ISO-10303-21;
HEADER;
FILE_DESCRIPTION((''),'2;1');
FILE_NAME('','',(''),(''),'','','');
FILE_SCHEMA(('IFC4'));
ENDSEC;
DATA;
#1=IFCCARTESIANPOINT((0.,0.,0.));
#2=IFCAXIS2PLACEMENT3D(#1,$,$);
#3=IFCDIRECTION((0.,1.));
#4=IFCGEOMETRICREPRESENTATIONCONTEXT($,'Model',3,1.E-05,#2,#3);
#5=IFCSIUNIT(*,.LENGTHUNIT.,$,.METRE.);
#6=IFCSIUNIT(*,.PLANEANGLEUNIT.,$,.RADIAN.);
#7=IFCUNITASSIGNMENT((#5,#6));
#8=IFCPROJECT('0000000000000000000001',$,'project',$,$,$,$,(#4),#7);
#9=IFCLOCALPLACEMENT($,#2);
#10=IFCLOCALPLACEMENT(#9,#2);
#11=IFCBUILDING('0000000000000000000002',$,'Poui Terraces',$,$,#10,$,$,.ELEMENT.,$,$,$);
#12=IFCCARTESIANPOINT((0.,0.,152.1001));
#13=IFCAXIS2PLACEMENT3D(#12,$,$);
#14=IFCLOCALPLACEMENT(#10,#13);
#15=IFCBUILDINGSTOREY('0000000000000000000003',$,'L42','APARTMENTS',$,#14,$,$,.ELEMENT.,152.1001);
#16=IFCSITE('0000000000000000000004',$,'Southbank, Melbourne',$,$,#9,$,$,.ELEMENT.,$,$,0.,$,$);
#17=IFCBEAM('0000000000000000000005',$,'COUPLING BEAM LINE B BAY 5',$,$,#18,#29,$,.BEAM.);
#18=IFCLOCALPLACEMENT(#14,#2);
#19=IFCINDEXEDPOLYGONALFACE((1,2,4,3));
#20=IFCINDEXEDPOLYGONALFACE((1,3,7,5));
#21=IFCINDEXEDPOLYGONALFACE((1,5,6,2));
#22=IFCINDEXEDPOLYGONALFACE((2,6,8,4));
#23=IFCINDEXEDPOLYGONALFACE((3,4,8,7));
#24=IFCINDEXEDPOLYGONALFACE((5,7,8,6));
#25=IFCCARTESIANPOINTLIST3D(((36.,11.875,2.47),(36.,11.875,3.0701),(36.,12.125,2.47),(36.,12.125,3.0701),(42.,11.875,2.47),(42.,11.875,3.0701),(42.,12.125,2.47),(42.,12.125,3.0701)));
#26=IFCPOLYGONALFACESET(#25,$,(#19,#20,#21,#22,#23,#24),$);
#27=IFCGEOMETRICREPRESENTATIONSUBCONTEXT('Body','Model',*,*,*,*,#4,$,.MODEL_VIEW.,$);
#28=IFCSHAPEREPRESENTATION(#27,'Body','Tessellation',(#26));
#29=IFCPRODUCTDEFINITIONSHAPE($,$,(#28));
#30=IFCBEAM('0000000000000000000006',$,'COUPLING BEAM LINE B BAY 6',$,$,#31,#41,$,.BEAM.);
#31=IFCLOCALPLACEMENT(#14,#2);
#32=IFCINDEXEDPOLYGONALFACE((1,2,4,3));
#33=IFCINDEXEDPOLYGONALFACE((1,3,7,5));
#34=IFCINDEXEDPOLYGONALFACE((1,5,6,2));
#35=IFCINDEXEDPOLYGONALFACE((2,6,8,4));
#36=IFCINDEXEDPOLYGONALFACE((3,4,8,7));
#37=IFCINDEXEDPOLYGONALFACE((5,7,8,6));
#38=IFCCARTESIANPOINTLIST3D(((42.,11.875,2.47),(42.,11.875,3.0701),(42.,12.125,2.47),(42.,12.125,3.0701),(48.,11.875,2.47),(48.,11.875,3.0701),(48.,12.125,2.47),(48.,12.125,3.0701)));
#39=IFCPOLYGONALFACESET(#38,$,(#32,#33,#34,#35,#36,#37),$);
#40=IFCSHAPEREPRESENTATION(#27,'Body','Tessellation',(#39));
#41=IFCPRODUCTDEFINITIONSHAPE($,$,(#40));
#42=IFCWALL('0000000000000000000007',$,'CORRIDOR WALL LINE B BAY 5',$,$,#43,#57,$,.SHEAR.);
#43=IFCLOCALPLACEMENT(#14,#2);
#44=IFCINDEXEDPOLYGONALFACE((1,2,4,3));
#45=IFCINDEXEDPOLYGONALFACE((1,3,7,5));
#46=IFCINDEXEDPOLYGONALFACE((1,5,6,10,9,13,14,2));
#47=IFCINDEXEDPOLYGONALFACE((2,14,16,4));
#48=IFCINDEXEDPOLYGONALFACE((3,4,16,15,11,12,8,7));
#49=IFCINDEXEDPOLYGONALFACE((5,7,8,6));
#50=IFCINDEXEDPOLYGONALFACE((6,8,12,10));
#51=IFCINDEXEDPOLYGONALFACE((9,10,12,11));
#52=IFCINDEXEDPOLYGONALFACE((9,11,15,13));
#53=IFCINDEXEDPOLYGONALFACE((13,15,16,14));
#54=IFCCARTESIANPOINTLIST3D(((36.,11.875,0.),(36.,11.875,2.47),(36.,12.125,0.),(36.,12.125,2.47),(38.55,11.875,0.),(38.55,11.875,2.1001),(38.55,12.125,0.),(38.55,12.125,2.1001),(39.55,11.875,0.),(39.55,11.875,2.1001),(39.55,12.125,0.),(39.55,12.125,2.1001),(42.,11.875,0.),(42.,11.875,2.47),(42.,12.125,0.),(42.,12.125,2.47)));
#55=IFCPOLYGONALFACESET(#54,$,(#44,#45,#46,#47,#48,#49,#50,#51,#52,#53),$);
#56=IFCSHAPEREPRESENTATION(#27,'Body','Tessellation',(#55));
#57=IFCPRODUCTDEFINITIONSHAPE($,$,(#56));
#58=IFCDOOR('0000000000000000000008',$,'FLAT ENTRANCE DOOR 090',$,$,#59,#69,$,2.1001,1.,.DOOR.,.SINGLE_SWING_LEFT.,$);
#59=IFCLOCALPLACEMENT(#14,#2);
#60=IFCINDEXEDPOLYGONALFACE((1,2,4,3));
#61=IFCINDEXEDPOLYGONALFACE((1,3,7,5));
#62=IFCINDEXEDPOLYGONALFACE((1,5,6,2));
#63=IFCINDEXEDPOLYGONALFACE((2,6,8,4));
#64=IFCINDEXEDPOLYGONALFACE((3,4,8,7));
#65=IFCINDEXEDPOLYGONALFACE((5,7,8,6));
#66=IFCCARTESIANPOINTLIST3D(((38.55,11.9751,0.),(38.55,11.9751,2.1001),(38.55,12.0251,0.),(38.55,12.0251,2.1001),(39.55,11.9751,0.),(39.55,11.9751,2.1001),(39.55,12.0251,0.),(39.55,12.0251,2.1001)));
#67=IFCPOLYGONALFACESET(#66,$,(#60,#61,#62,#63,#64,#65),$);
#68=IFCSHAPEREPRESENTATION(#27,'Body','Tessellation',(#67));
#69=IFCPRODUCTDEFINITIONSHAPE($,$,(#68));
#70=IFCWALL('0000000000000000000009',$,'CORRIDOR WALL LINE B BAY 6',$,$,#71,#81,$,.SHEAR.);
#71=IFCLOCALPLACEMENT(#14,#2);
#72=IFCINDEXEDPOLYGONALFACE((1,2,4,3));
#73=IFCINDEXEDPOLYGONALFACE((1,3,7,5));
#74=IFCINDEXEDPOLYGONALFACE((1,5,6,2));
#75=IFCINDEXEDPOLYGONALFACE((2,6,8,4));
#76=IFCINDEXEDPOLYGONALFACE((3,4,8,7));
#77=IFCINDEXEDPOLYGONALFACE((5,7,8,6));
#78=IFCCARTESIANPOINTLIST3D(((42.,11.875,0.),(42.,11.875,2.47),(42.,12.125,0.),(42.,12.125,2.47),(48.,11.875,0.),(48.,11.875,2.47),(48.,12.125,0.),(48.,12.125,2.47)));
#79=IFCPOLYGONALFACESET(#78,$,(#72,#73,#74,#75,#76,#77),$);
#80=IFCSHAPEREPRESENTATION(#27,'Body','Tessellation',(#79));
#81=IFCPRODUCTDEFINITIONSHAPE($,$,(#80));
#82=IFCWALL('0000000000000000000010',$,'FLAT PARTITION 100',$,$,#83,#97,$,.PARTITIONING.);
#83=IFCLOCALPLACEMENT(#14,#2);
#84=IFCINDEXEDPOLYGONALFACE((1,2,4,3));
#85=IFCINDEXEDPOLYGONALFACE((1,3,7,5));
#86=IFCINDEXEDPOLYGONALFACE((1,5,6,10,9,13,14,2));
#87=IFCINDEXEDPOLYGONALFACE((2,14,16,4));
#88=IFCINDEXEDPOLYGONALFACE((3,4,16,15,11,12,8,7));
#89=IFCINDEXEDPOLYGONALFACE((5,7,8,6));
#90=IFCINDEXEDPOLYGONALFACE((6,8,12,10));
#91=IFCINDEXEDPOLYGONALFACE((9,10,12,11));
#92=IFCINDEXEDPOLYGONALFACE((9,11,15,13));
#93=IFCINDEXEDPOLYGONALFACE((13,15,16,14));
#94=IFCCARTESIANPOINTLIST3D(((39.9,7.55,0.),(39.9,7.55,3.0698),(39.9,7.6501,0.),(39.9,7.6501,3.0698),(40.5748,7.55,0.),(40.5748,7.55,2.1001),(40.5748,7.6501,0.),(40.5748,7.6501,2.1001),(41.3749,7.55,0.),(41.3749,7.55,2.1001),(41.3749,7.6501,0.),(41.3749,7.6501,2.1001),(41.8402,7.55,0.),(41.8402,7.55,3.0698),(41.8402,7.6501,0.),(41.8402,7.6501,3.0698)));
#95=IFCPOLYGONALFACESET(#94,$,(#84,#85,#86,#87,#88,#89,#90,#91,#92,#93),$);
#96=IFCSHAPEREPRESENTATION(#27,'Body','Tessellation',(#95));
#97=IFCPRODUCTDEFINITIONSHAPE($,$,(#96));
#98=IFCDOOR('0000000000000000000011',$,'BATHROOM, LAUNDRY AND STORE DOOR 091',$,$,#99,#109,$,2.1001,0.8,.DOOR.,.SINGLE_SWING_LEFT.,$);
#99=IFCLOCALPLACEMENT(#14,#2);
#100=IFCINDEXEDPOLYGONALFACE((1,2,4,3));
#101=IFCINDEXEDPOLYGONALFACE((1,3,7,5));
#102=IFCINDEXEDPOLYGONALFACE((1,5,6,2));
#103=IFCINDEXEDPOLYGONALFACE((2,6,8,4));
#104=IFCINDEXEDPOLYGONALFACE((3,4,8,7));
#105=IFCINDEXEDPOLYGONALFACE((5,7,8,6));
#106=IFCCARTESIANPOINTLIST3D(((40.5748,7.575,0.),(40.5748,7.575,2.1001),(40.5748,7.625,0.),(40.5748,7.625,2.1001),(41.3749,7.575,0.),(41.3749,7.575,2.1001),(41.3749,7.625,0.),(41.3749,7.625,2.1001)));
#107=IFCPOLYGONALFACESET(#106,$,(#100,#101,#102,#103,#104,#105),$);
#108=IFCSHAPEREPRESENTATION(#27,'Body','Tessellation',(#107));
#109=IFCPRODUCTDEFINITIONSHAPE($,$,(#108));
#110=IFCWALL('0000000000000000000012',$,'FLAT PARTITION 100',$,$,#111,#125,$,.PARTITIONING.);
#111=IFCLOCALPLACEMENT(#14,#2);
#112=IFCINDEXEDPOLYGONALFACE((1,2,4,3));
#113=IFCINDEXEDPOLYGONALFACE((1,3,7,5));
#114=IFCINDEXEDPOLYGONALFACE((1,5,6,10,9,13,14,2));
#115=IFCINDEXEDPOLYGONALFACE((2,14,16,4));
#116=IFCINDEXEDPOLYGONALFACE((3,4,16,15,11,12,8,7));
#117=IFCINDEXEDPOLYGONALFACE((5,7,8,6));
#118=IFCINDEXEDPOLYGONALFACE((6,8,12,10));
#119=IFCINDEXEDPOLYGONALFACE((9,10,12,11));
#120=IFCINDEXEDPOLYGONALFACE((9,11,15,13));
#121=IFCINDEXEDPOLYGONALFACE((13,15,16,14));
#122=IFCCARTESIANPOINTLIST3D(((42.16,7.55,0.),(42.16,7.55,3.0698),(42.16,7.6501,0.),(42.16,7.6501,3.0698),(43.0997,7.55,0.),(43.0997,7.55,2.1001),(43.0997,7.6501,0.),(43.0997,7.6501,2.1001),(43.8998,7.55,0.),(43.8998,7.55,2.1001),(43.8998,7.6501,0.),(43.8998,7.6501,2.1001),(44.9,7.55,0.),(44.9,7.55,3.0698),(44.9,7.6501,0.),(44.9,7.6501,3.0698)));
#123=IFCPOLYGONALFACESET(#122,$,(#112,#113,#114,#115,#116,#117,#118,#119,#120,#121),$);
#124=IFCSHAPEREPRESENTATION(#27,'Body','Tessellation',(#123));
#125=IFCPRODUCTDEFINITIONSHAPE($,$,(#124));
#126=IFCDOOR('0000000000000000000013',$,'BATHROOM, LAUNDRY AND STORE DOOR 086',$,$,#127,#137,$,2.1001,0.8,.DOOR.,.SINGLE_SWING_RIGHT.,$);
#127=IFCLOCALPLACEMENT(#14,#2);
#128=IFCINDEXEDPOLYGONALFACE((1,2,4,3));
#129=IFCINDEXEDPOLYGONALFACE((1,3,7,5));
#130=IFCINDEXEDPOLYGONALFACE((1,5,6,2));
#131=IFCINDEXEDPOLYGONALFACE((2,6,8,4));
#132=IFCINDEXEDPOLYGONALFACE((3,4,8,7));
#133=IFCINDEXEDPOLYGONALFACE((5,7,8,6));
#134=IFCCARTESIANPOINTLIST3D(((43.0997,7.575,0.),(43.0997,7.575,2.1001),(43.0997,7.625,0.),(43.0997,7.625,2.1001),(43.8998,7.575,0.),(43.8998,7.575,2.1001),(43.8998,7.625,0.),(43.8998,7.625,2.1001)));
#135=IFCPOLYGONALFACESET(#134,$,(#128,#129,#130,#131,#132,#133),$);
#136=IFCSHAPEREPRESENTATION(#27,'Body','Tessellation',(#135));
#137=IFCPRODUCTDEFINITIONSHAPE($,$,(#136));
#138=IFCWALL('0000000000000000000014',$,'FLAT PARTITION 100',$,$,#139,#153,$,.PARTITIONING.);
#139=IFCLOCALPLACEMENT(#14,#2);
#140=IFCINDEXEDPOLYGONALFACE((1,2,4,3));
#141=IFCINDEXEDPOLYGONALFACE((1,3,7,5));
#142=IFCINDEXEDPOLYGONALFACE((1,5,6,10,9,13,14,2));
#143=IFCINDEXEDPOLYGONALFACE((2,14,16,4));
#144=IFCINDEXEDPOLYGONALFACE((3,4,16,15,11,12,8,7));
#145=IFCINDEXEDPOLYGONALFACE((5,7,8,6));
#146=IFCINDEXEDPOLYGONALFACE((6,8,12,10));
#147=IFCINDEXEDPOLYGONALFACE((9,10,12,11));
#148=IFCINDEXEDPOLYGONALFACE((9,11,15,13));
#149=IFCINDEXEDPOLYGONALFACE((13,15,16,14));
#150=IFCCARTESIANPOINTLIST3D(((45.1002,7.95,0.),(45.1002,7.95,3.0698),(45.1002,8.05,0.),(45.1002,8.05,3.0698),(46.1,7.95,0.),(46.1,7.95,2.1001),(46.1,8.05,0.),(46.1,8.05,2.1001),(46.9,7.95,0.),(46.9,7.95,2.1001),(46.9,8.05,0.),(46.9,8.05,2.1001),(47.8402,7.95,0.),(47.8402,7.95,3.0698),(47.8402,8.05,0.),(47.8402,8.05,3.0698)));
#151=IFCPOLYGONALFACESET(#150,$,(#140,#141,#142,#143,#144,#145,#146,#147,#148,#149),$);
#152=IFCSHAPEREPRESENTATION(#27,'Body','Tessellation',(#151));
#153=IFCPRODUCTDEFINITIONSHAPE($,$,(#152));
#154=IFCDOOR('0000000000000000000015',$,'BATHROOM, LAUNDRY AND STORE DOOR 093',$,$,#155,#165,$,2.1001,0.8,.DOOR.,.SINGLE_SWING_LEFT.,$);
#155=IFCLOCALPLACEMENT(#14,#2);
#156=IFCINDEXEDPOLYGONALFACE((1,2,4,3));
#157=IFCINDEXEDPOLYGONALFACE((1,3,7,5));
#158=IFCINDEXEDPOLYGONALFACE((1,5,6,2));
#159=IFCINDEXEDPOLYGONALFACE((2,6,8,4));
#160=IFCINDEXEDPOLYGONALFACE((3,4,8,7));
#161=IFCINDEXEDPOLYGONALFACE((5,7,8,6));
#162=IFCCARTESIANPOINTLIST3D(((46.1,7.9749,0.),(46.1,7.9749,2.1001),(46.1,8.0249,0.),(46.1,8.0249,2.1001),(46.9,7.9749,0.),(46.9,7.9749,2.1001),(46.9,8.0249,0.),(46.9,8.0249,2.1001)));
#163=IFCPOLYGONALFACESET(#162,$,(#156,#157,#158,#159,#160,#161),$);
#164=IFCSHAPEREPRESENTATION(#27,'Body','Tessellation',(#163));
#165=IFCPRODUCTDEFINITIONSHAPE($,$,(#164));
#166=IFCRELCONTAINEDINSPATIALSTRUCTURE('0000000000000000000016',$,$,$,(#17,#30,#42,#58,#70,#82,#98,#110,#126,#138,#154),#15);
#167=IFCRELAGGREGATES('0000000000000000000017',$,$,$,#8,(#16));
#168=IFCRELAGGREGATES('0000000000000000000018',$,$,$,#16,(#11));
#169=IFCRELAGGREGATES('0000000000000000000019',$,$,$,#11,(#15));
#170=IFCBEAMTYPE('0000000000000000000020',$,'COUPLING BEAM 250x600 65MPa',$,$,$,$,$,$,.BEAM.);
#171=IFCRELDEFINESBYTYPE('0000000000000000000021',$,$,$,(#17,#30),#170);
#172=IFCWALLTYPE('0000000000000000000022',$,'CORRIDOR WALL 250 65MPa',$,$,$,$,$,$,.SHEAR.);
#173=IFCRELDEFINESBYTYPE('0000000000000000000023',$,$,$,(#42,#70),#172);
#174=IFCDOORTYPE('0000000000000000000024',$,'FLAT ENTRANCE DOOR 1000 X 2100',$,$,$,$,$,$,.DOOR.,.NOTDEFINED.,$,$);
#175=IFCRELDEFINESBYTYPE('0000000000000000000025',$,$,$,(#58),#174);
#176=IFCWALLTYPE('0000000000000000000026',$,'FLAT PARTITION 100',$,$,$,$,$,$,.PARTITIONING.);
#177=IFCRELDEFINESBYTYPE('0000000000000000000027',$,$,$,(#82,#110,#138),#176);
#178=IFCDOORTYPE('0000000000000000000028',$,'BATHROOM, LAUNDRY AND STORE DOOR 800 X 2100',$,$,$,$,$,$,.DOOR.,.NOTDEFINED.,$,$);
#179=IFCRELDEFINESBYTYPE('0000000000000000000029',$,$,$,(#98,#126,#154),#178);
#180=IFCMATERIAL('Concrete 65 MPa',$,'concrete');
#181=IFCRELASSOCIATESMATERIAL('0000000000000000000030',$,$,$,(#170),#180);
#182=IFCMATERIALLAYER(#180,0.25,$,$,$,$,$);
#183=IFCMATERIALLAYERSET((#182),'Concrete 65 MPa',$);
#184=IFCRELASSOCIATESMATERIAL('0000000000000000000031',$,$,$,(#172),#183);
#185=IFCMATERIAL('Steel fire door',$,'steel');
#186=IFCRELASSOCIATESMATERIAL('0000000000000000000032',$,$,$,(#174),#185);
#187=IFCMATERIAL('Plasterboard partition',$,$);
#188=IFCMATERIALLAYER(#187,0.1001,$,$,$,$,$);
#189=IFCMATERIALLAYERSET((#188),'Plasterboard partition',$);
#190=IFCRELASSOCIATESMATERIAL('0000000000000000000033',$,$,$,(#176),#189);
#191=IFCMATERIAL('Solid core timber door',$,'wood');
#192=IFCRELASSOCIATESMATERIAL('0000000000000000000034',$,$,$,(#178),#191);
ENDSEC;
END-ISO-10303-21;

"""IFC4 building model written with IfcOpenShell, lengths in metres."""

from ifc_helpers import new_model, si_unit, direction, frame, frame_2d, origin, origin_2d, place, context, subcontext, project, spatial, rectangle, extrude, source, transform, mapped, material, layer, layer_set, material_profile, profile_set, type_object, element, fill, save


model = new_model("IFC4")

# Units and contexts
model_context = context("Model", 3, precision=1e-05, world=origin(), true_north=direction((0.0, 1.0)))
body_context = subcontext(model_context, "Body", "Model", "MODEL_VIEW")
ifc_project = project(units=[si_unit("LENGTHUNIT", "METRE"), si_unit("PLANEANGLEUNIT", "RADIAN")], contexts=[model_context])

# Site, building, storey
site_placement = place(None, origin())
site = spatial("IfcSite", under=ifc_project, at=site_placement, Name="Southbank, Melbourne", CompositionType="ELEMENT", RefElevation=0.0)
building_placement = place(site_placement, origin())
building = spatial("IfcBuilding", under=site, at=building_placement, Name="Poui Terraces", CompositionType="ELEMENT")
storey_placement = place(building_placement, frame((0.0, 0.0, 152.1001)))
storey = spatial("IfcBuildingStorey", under=building, at=storey_placement, Name="L42", Description="APARTMENTS", CompositionType="ELEMENT", Elevation=152.1001)

# Beams
ifc_material_1 = material(Name="Concrete 65 MPa", Category="concrete")
ifc_material_profile = material_profile(ifc_material_1, rectangle(XDim=0.25, YDim=0.6001, at=origin_2d()), Name="RC 250x600")
ifc_profile_set = profile_set([ifc_material_profile], Name="Concrete 65 MPa")
beam_type = type_object("IfcBeamType", Name="COUPLING BEAM 250x600 65MPa", PredefinedType="BEAM", material=ifc_profile_set)
shared_shape = source(origin(), body_context, "Body", "SweptSolid", [
    extrude(rectangle(XDim=0.25, YDim=0.6001, at=origin_2d()), origin(), (0.0, 0.0, 1.0), 6.0),
])
for number, where, z_axis, x_axis, name in (
    (1, (36.0, 12.0, 2.77), (1.0, 0.0, 0.0), (0.0, 1.0, 0.0), "COUPLING BEAM LINE B BAY 5"),
    (2, (42.0, 12.0, 2.77), (1.0, 0.0, 0.0), (0.0, 1.0, 0.0), "COUPLING BEAM LINE B BAY 6"),
):
    element("IfcBeam", number, at=place(storey_placement, frame(where, z_axis=z_axis, x_axis=x_axis)), inside=storey, type_object=beam_type, Name=name, PredefinedType="BEAM", context=body_context, shape_type="MappedRepresentation", body=[
        mapped(shared_shape, transform((0.0, 0.0, 0.0))),
    ])

# Wall, opening, door
ifc_layer_1 = layer(ifc_material_1, 0.25)
ifc_layer_set_1 = layer_set([ifc_layer_1], Name="Concrete 65 MPa")
wall_type_1 = type_object("IfcWallType", Name="CORRIDOR WALL 250 65MPa", PredefinedType="SHEAR", material=ifc_layer_set_1)
wall_1_placement = place(storey_placement, frame((36.0, 12.0, 0.0), z_axis=(0.0, 0.0, 1.0), x_axis=(1.0, 0.0, 0.0)))
wall_1 = element("IfcWall", 3, at=wall_1_placement, inside=storey, type_object=wall_type_1, Name="CORRIDOR WALL LINE B BAY 5", PredefinedType="SHEAR", context=body_context, shape_type="SweptSolid", body=[
    extrude(rectangle(XDim=6.0, YDim=0.25, at=frame_2d((3.0, 0.0))), origin(), (0.0, 0.0, 1.0), 2.47),
])
opening_1_placement = place(wall_1_placement, frame((2.55, 0.0, 0.0)))
opening_1 = element("IfcOpeningElement", 4, at=opening_1_placement, cuts=wall_1, PredefinedType="OPENING", context=body_context, shape_type="SweptSolid", body=[
    extrude(rectangle(XDim=1.0, YDim=2.1001, at=frame_2d((0.5, 1.05))), frame((0.0, 0.135, 0.0), z_axis=(0.0, -1.0, 0.0), x_axis=(1.0, 0.0, 0.0)), (0.0, 0.0, 1.0), 0.27),
])
ifc_material_2 = material(Name="Steel fire door", Category="steel")
door_type_1 = type_object("IfcDoorType", Name="FLAT ENTRANCE DOOR 1000 X 2100", OperationType="NOTDEFINED", PredefinedType="DOOR", material=ifc_material_2)
door_1_placement = place(opening_1_placement, frame((1.0, 0.0, 0.0), z_axis=(0.0, 0.0, 1.0), x_axis=(-1.0, 0.0, 0.0)))
door_1 = element("IfcDoor", 5, at=door_1_placement, inside=storey, type_object=door_type_1, Name="FLAT ENTRANCE DOOR 090", OperationType="SINGLE_SWING_LEFT", OverallHeight=2.1001, OverallWidth=1.0, PredefinedType="DOOR", context=body_context, shape_type="SweptSolid", body=[
    extrude(rectangle(XDim=1.0, YDim=2.1001, at=frame_2d((0.5, 1.05))), frame((0.0, 0.0249, 0.0), z_axis=(0.0, -1.0, 0.0), x_axis=(1.0, 0.0, 0.0)), (0.0, 0.0, 1.0), 0.05),
])
fill(opening_1, door_1)

# Wall
wall_2_placement = place(storey_placement, frame((42.0, 12.0, 0.0), z_axis=(0.0, 0.0, 1.0), x_axis=(1.0, 0.0, 0.0)))
element("IfcWall", 6, at=wall_2_placement, inside=storey, type_object=wall_type_1, Name="CORRIDOR WALL LINE B BAY 6", PredefinedType="SHEAR", context=body_context, shape_type="SweptSolid", body=[
    extrude(rectangle(XDim=6.0, YDim=0.25, at=frame_2d((3.0, 0.0))), origin(), (0.0, 0.0, 1.0), 2.47),
])

# Walls, openings, doors
ifc_material_3 = material(Name="Plasterboard partition")
ifc_layer_2 = layer(ifc_material_3, 0.1001)
ifc_layer_set_2 = layer_set([ifc_layer_2], Name="Plasterboard partition")
wall_type_2 = type_object("IfcWallType", Name="FLAT PARTITION 100", PredefinedType="PARTITIONING", material=ifc_layer_set_2)
wall_3_placement = place(storey_placement, frame((39.8999, 7.6001, 0.0), z_axis=(0.0, 0.0, 1.0), x_axis=(1.0, 0.0, 0.0)))
wall_3 = element("IfcWall", 7, at=wall_3_placement, inside=storey, type_object=wall_type_2, Name="FLAT PARTITION 100", PredefinedType="PARTITIONING", context=body_context, shape_type="SweptSolid", body=[
    extrude(rectangle(XDim=1.9402, YDim=0.1001, at=frame_2d((0.9702, 0.0))), origin(), (0.0, 0.0, 1.0), 3.0698),
])
opening_2_placement = place(wall_3_placement, frame((0.675, 0.0, 0.0)))
opening_2 = element("IfcOpeningElement", 8, at=opening_2_placement, cuts=wall_3, PredefinedType="OPENING", context=body_context, shape_type="SweptSolid", body=[
    extrude(rectangle(XDim=0.8, YDim=2.1001, at=frame_2d((0.3999, 1.05))), frame((0.0, 0.0601, 0.0), z_axis=(0.0, -1.0, 0.0), x_axis=(1.0, 0.0, 0.0)), (0.0, 0.0, 1.0), 0.1201),
])
ifc_material_4 = material(Name="Solid core timber door", Category="wood")
door_type_2 = type_object("IfcDoorType", Name="BATHROOM, LAUNDRY AND STORE DOOR 800 X 2100", OperationType="NOTDEFINED", PredefinedType="DOOR", material=ifc_material_4)
door_2_placement = place(opening_2_placement, origin())
door_2 = element("IfcDoor", 9, at=door_2_placement, inside=storey, type_object=door_type_2, Name="BATHROOM, LAUNDRY AND STORE DOOR 091", OperationType="SINGLE_SWING_LEFT", OverallHeight=2.1001, OverallWidth=0.8, PredefinedType="DOOR", context=body_context, shape_type="SweptSolid", body=[
    extrude(rectangle(XDim=0.8, YDim=2.1001, at=frame_2d((0.3999, 1.05))), frame((0.0, 0.0249, 0.0), z_axis=(0.0, -1.0, 0.0), x_axis=(1.0, 0.0, 0.0)), (0.0, 0.0, 1.0), 0.05),
])
fill(opening_2, door_2)
wall_4_placement = place(storey_placement, frame((42.1599, 7.6001, 0.0), z_axis=(0.0, 0.0, 1.0), x_axis=(1.0, 0.0, 0.0)))
wall_4 = element("IfcWall", 10, at=wall_4_placement, inside=storey, type_object=wall_type_2, Name="FLAT PARTITION 100", PredefinedType="PARTITIONING", context=body_context, shape_type="SweptSolid", body=[
    extrude(rectangle(XDim=2.74, YDim=0.1001, at=frame_2d((1.3701, 0.0))), origin(), (0.0, 0.0, 1.0), 3.0698),
])
opening_3_placement = place(wall_4_placement, frame((0.9399, 0.0, 0.0)))
opening_3 = element("IfcOpeningElement", 11, at=opening_3_placement, cuts=wall_4, PredefinedType="OPENING", context=body_context, shape_type="SweptSolid", body=[
    extrude(rectangle(XDim=0.8, YDim=2.1001, at=frame_2d((0.3999, 1.05))), frame((0.0, 0.0601, 0.0), z_axis=(0.0, -1.0, 0.0), x_axis=(1.0, 0.0, 0.0)), (0.0, 0.0, 1.0), 0.1201),
])
door_3_placement = place(opening_3_placement, origin())
door_3 = element("IfcDoor", 12, at=door_3_placement, inside=storey, type_object=door_type_2, Name="BATHROOM, LAUNDRY AND STORE DOOR 086", OperationType="SINGLE_SWING_RIGHT", OverallHeight=2.1001, OverallWidth=0.8, PredefinedType="DOOR", context=body_context, shape_type="SweptSolid", body=[
    extrude(rectangle(XDim=0.8, YDim=2.1001, at=frame_2d((0.3999, 1.05))), frame((0.0, 0.0249, 0.0), z_axis=(0.0, -1.0, 0.0), x_axis=(1.0, 0.0, 0.0)), (0.0, 0.0, 1.0), 0.05),
])
fill(opening_3, door_3)
wall_5_placement = place(storey_placement, frame((45.1001, 8.0, 0.0), z_axis=(0.0, 0.0, 1.0), x_axis=(1.0, 0.0, 0.0)))
wall_5 = element("IfcWall", 13, at=wall_5_placement, inside=storey, type_object=wall_type_2, Name="FLAT PARTITION 100", PredefinedType="PARTITIONING", context=body_context, shape_type="SweptSolid", body=[
    extrude(rectangle(XDim=2.74, YDim=0.1001, at=frame_2d((1.3701, 0.0))), origin(), (0.0, 0.0, 1.0), 3.0698),
])
opening_4_placement = place(wall_5_placement, frame((1.0, 0.0, 0.0)))
opening_4 = element("IfcOpeningElement", 14, at=opening_4_placement, cuts=wall_5, PredefinedType="OPENING", context=body_context, shape_type="SweptSolid", body=[
    extrude(rectangle(XDim=0.8, YDim=2.1001, at=frame_2d((0.3999, 1.05))), frame((0.0, 0.0601, 0.0), z_axis=(0.0, -1.0, 0.0), x_axis=(1.0, 0.0, 0.0)), (0.0, 0.0, 1.0), 0.1201),
])
door_4_placement = place(opening_4_placement, origin())
door_4 = element("IfcDoor", 15, at=door_4_placement, inside=storey, type_object=door_type_2, Name="BATHROOM, LAUNDRY AND STORE DOOR 093", OperationType="SINGLE_SWING_LEFT", OverallHeight=2.1001, OverallWidth=0.8, PredefinedType="DOOR", context=body_context, shape_type="SweptSolid", body=[
    extrude(rectangle(XDim=0.8, YDim=2.1001, at=frame_2d((0.3999, 1.05))), frame((0.0, 0.0249, 0.0), z_axis=(0.0, -1.0, 0.0), x_axis=(1.0, 0.0, 0.0)), (0.0, 0.0, 1.0), 0.05),
])
fill(opening_4, door_4)

save(model, "model.ifc")
